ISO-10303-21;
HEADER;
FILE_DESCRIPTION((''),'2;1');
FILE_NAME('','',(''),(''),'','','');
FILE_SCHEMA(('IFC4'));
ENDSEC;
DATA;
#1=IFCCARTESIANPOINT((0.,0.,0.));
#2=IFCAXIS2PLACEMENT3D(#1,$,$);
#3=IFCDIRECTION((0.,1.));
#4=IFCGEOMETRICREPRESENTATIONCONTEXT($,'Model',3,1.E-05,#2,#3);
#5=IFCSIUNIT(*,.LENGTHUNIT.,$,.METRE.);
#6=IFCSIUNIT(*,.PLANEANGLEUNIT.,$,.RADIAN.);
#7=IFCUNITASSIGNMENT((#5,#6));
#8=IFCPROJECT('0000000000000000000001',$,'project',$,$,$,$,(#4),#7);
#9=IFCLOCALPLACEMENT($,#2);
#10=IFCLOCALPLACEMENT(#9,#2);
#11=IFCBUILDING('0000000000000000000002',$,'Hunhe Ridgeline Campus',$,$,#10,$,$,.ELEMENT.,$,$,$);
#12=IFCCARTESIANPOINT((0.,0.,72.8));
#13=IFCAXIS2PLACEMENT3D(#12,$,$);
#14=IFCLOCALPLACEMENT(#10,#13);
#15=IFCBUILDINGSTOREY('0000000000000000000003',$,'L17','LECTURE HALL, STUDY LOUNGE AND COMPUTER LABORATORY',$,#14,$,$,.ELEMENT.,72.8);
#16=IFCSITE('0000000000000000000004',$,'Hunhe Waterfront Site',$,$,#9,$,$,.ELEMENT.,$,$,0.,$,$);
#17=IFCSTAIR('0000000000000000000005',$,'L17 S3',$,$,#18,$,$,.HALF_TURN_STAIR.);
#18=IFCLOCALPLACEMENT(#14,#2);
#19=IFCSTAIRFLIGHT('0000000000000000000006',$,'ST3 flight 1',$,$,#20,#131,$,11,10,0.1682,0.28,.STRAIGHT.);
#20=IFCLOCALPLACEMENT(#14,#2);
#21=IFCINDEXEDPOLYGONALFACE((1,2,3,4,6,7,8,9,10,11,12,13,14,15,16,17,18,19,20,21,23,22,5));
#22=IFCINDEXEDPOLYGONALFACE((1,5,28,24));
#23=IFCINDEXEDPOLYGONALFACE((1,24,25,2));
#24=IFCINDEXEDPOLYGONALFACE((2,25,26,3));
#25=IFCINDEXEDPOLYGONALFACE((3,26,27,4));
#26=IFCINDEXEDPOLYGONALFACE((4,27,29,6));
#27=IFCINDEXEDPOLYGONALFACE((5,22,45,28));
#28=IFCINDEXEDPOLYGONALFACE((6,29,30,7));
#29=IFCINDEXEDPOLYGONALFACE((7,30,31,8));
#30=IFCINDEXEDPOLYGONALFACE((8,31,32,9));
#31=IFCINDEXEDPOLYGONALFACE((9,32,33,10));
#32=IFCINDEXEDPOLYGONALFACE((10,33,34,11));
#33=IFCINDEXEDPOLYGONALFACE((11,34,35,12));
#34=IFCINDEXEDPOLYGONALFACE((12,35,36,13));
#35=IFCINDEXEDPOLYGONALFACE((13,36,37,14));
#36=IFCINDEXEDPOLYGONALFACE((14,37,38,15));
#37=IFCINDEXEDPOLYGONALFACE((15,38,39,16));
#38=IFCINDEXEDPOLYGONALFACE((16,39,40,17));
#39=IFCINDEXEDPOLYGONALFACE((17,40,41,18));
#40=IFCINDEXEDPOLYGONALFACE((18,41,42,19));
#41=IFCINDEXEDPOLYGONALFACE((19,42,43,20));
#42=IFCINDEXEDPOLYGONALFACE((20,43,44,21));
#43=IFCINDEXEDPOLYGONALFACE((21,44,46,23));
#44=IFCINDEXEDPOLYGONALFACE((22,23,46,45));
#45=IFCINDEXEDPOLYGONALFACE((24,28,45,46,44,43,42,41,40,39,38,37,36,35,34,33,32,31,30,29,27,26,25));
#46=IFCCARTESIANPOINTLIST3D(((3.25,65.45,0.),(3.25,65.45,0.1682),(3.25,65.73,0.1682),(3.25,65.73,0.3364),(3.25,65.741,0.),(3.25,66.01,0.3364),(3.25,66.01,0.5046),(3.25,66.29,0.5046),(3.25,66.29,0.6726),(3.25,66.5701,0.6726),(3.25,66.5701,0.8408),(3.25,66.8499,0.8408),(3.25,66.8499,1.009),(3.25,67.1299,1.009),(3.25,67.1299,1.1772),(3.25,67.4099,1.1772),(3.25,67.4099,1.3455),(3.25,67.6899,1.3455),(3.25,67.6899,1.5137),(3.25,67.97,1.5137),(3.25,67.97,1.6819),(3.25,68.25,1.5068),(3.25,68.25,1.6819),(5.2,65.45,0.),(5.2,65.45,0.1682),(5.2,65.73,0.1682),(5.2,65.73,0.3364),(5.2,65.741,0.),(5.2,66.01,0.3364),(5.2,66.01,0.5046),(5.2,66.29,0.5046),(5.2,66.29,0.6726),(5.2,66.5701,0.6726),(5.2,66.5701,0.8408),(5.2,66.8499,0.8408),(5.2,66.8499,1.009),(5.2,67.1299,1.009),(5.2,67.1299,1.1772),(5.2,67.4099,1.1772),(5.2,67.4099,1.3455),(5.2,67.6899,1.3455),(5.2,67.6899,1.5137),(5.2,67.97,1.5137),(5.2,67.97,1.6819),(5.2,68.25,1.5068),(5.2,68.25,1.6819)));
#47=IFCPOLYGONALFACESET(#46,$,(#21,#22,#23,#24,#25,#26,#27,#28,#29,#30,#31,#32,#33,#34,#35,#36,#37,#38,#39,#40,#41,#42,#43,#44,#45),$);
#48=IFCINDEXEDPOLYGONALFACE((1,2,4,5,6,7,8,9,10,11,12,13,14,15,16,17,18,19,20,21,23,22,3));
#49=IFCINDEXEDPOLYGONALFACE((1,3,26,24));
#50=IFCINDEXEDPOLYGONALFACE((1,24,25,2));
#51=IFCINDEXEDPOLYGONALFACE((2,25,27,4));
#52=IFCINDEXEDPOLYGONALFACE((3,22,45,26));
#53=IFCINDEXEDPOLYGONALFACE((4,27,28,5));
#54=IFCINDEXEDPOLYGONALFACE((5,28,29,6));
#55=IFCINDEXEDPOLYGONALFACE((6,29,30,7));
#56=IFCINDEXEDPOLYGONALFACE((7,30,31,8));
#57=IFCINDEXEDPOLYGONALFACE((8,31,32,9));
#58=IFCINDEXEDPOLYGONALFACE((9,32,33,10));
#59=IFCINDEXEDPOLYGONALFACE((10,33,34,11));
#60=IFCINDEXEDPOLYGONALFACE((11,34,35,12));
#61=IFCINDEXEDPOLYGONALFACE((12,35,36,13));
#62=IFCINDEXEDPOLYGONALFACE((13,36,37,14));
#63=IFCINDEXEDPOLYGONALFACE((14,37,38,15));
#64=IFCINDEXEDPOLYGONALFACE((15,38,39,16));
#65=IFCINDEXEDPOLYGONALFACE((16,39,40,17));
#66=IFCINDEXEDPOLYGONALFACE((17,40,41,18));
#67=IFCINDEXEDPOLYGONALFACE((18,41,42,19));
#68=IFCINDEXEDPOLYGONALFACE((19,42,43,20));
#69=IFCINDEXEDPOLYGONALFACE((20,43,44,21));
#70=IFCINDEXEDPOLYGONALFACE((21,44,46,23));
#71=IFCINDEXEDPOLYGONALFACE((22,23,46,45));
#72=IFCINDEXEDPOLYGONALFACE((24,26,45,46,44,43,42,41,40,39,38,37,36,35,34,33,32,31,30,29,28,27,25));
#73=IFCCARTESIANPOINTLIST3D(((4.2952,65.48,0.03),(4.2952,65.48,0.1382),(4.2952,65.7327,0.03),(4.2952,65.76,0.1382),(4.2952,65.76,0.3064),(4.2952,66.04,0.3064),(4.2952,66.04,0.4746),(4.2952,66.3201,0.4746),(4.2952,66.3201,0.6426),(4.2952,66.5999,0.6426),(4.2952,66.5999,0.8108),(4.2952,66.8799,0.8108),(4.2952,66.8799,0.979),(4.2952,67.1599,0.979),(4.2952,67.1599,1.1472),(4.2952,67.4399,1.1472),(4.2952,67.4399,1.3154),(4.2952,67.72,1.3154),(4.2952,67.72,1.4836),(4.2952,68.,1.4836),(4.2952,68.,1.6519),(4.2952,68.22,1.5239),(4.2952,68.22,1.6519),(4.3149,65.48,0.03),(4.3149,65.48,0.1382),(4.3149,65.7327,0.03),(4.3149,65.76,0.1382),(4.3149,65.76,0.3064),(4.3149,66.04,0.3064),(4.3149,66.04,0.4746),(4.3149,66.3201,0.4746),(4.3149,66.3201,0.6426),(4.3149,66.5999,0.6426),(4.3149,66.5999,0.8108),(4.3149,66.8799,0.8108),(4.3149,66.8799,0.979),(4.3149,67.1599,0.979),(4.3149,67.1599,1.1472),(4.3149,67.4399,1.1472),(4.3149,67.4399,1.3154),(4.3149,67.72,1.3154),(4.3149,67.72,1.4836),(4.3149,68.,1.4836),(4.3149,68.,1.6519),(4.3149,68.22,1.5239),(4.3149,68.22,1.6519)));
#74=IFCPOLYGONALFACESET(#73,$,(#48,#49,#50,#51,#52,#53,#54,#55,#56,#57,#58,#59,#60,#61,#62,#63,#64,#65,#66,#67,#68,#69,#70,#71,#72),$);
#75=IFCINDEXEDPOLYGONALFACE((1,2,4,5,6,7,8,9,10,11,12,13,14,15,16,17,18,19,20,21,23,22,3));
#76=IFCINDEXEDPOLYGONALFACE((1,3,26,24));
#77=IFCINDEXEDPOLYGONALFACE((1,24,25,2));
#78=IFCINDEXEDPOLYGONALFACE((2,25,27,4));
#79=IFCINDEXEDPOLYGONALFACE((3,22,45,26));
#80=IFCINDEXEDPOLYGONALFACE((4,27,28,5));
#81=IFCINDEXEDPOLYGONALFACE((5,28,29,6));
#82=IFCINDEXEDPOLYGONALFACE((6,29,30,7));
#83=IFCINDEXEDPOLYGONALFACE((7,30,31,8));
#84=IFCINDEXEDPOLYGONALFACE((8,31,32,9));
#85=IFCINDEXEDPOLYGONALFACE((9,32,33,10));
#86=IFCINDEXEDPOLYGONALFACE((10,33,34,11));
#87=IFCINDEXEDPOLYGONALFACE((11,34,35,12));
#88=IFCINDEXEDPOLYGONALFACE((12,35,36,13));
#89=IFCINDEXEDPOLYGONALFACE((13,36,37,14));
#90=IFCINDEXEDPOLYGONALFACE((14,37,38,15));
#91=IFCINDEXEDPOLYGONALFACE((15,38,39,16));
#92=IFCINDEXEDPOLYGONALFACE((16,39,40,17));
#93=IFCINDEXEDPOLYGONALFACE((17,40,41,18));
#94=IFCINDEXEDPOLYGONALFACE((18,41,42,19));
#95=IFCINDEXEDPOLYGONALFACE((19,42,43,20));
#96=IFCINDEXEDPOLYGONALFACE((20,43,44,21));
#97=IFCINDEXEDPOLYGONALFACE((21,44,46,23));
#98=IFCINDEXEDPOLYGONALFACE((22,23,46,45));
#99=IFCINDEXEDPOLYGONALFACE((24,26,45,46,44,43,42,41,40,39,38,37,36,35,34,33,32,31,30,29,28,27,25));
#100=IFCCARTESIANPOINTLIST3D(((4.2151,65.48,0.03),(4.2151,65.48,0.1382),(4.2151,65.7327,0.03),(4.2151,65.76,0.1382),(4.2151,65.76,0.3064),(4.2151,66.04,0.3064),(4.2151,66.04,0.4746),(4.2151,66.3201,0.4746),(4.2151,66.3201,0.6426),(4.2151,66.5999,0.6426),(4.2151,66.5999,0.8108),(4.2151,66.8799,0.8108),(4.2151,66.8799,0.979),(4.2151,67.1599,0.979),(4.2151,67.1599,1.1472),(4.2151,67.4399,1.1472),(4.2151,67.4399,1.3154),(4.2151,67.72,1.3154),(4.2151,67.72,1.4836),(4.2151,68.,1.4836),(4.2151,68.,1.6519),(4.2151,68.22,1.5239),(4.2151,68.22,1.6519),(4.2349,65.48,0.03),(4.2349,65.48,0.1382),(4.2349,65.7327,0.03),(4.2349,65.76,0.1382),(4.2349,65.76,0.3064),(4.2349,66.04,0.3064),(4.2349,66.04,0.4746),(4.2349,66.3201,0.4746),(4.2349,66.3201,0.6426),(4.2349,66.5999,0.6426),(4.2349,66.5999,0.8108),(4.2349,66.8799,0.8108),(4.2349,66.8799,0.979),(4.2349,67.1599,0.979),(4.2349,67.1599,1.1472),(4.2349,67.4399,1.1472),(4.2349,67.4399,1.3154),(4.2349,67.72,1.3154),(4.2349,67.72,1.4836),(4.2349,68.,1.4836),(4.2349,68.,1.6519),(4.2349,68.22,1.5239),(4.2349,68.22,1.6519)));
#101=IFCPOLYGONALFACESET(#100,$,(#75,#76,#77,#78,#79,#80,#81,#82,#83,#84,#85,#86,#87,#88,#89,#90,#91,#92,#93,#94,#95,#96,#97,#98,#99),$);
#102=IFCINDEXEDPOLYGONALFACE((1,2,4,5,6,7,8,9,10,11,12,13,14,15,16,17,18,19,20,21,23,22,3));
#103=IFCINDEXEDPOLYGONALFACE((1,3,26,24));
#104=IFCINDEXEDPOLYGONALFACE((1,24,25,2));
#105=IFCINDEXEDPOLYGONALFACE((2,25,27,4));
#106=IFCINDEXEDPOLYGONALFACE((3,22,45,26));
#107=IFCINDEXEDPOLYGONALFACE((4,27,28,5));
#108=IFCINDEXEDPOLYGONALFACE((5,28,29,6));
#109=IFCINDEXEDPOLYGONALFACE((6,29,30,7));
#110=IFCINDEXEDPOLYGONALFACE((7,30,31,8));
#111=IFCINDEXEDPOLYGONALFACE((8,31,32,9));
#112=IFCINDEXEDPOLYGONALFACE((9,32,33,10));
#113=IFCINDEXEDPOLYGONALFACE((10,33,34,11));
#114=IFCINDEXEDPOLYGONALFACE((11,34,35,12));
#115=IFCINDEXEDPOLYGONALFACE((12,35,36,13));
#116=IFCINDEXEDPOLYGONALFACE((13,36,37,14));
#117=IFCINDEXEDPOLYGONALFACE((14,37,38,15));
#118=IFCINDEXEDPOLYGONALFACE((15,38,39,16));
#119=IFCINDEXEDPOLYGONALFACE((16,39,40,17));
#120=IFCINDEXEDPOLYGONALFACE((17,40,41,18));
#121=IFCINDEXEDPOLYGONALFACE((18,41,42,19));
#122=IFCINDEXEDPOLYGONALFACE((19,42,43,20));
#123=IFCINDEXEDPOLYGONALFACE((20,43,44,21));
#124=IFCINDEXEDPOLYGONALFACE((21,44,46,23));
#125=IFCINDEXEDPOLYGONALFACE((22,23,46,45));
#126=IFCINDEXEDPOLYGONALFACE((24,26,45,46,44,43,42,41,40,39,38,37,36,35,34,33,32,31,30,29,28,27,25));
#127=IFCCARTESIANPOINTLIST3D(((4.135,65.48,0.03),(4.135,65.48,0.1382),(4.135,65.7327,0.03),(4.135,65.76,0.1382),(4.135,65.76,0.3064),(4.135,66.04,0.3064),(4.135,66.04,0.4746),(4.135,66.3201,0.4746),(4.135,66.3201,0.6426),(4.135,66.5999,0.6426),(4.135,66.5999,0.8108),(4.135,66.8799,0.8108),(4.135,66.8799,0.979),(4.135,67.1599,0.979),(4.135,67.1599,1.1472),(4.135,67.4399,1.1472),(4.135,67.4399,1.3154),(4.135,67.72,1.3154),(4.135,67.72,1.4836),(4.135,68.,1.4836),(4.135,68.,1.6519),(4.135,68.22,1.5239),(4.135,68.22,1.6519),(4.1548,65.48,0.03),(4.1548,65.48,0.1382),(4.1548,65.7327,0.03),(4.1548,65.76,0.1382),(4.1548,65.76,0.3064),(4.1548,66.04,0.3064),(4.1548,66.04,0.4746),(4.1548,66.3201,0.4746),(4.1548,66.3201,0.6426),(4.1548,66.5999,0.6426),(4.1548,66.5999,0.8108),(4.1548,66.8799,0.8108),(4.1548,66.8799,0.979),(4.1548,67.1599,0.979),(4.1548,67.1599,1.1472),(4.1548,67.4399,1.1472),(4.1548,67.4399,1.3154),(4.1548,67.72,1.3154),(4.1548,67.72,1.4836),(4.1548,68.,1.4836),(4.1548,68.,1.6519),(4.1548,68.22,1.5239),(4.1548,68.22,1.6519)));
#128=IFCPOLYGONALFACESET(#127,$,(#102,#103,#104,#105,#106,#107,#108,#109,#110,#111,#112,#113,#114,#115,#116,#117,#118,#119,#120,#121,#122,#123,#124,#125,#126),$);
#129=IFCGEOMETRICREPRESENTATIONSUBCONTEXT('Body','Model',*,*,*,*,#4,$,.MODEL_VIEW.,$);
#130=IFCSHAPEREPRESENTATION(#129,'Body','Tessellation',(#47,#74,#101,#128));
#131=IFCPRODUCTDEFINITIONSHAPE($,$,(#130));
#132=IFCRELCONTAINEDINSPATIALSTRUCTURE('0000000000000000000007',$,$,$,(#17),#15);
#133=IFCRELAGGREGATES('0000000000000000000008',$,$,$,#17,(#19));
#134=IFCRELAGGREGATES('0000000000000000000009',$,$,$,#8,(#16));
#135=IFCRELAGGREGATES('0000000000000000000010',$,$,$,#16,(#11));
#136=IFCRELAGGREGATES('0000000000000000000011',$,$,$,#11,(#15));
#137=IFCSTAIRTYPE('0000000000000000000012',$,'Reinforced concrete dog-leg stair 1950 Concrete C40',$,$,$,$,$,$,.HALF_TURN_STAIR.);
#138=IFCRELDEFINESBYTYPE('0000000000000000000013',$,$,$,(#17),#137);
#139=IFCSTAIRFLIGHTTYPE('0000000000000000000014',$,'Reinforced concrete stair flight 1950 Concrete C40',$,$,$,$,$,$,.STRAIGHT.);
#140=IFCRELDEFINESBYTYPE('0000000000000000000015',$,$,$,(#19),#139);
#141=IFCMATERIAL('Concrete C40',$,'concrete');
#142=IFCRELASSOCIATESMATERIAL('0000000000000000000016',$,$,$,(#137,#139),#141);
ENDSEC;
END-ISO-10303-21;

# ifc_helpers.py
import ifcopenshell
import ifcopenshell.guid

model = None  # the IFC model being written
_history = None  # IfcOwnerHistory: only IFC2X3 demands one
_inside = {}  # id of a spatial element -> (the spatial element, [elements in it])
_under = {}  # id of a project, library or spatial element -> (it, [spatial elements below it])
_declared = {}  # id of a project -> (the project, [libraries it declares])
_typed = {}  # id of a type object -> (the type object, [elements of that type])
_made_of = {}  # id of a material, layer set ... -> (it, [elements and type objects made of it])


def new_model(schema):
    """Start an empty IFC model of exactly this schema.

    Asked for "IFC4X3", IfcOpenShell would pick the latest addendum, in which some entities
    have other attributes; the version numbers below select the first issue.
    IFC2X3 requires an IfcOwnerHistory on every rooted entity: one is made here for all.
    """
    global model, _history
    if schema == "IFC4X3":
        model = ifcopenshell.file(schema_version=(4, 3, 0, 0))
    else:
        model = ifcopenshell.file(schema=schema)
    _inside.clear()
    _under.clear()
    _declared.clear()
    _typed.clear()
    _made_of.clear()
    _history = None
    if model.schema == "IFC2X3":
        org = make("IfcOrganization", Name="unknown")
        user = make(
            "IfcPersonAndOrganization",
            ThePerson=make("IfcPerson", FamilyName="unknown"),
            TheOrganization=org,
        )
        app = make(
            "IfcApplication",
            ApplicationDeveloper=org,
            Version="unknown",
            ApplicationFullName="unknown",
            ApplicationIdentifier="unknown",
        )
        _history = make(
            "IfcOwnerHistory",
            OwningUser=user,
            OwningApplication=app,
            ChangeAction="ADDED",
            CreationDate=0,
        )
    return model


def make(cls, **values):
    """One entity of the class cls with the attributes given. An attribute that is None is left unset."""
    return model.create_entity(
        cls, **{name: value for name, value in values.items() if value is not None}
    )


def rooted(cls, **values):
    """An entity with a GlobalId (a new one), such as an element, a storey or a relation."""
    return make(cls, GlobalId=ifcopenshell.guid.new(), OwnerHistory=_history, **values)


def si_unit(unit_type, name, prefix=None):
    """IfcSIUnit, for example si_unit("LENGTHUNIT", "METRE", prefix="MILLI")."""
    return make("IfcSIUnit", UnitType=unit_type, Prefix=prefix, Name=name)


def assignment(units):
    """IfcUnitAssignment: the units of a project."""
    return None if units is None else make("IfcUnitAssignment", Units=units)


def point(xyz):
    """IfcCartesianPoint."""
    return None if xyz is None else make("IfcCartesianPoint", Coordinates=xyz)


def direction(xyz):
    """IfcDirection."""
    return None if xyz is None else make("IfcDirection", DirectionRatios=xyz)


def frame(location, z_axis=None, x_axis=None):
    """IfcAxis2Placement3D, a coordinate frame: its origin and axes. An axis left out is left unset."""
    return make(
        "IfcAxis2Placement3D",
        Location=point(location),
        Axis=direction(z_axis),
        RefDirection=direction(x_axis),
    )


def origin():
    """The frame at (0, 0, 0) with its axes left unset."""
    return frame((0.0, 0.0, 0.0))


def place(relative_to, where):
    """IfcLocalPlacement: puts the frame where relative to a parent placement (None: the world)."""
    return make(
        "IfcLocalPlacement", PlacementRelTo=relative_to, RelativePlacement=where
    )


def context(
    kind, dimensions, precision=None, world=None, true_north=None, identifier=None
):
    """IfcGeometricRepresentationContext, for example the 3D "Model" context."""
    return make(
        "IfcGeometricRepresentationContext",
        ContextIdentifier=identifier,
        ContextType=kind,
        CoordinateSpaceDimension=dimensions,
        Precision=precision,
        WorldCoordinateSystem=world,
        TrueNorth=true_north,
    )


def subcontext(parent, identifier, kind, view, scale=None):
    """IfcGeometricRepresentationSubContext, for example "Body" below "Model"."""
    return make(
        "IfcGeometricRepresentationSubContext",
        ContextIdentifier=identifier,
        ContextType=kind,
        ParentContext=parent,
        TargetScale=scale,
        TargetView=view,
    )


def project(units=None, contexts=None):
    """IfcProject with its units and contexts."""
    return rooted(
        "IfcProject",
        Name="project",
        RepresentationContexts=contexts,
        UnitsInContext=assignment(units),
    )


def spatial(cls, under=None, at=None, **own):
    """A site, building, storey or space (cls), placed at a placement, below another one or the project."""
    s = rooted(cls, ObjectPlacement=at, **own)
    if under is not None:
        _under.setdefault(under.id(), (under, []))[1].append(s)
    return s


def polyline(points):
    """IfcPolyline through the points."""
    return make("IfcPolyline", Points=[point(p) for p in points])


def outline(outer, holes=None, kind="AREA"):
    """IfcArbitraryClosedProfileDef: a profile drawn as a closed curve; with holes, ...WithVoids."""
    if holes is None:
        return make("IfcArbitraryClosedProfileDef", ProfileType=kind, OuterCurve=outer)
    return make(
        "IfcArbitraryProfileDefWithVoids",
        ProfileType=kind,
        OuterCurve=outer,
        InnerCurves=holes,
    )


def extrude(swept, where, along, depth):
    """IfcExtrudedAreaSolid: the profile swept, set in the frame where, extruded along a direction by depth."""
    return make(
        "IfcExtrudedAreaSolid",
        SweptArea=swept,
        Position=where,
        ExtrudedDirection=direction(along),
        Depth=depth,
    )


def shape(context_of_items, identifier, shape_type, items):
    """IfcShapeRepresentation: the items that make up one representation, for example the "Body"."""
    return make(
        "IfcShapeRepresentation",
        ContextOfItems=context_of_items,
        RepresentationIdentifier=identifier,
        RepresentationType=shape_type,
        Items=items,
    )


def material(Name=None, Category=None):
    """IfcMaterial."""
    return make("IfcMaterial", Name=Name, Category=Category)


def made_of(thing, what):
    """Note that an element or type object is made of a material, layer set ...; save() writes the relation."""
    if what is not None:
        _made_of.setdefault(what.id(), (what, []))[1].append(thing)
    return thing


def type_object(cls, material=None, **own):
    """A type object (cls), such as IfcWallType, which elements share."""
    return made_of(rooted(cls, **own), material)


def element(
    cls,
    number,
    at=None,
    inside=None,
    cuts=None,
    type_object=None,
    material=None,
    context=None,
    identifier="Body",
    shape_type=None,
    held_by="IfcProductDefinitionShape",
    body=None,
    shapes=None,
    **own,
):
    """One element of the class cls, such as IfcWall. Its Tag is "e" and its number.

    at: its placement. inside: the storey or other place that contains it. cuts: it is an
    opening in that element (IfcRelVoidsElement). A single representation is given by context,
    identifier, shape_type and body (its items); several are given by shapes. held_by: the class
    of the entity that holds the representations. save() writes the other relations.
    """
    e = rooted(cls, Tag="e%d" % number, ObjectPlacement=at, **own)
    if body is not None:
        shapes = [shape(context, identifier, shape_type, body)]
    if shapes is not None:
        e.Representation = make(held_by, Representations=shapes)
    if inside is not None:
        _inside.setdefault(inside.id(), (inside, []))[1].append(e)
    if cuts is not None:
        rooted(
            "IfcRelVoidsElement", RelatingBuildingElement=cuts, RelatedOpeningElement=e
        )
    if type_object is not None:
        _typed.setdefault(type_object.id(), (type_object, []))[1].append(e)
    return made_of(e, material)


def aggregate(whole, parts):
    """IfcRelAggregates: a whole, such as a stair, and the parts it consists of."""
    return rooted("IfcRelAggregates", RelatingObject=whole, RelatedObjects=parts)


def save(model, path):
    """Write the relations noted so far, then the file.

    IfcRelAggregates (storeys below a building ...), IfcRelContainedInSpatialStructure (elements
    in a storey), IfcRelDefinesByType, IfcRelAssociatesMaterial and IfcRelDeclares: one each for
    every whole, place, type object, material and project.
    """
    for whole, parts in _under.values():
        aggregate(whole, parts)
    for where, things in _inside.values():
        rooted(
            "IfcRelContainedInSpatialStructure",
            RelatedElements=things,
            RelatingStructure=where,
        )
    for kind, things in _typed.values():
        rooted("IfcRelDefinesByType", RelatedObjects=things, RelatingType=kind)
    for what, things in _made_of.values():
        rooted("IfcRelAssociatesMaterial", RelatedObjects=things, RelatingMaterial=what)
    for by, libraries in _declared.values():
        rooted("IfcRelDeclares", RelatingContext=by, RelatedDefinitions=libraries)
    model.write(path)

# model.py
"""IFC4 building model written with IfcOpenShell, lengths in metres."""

from ifc_helpers import new_model, si_unit, direction, frame, origin, place, context, subcontext, project, spatial, polyline, outline, extrude, material, type_object, element, aggregate, save


model = new_model("IFC4")

# Units and contexts
model_context = context("Model", 3, precision=1e-05, world=origin(), true_north=direction((0.0, 1.0)))
body_context = subcontext(model_context, "Body", "Model", "MODEL_VIEW")
ifc_project = project(units=[si_unit("LENGTHUNIT", "METRE"), si_unit("PLANEANGLEUNIT", "RADIAN")], contexts=[model_context])

# Site, building, storey
site_placement = place(None, origin())
site = spatial("IfcSite", under=ifc_project, at=site_placement, Name="Hunhe Waterfront Site", CompositionType="ELEMENT", RefElevation=0.0)
building_placement = place(site_placement, origin())
building = spatial("IfcBuilding", under=site, at=building_placement, Name="Hunhe Ridgeline Campus", CompositionType="ELEMENT")
storey_placement = place(building_placement, frame((0.0, 0.0, 72.8)))
storey = spatial("IfcBuildingStorey", under=building, at=storey_placement, Name="L17", Description="LECTURE HALL, STUDY LOUNGE AND COMPUTER LABORATORY", CompositionType="ELEMENT", Elevation=72.8)

# Stair, stair flight
ifc_material_1 = material(Name="Concrete C40", Category="concrete")
stair_type = type_object("IfcStairType", Name="Reinforced concrete dog-leg stair 1950 Concrete C40", PredefinedType="HALF_TURN_STAIR", material=ifc_material_1)
stair_1_placement = place(storey_placement, origin())
stair_1 = element("IfcStair", 1, at=stair_1_placement, inside=storey, type_object=stair_type, Name="L17 S3", PredefinedType="HALF_TURN_STAIR")
stair_flight_type = type_object("IfcStairFlightType", Name="Reinforced concrete stair flight 1950 Concrete C40", PredefinedType="STRAIGHT", material=ifc_material_1)
stair_flight_1_placement = place(storey_placement, frame((4.2251, 65.45, 0.0), z_axis=(0.0, 0.0, 1.0), x_axis=(0.0, 1.0, 0.0)))
stair_flight_1 = element("IfcStairFlight", 2, at=stair_flight_1_placement, type_object=stair_flight_type, Name="ST3 flight 1", NumberOfRisers=11, NumberOfTreads=10, PredefinedType="STRAIGHT", RiserHeight=0.1682, TreadLength=0.28, context=body_context, shape_type="SweptSolid", body=[
    extrude(outline(polyline([(0.0, 0.0), (0.0, 0.1682), (0.28, 0.1682), (0.28, 0.3364), (0.5601, 0.3364), (0.5601, 0.5046), (0.8401, 0.5046), (0.8401, 0.6726), (1.1201, 0.6726), (1.1201, 0.8408), (1.3999, 0.8408), (1.3999, 1.009), (1.6799, 1.009), (1.6799, 1.1772), (1.96, 1.1772), (1.96, 1.3455), (2.24, 1.3455), (2.24, 1.5137), (2.52, 1.5137), (2.52, 1.6819), (2.8, 1.6819), (2.8, 1.8501), (2.8, 1.5068), (0.291, 0.0), (0.0, 0.0)])), frame((0.0, 0.9751, 0.0), z_axis=(0.0, -1.0, 0.0), x_axis=(1.0, 0.0, 0.0)), (0.0, 0.0, 1.0), 1.95),
    extrude(outline(polyline([(0.03, 0.03), (0.03, 0.1382), (0.3101, 0.1382), (0.3101, 0.3064), (0.5901, 0.3064), (0.5901, 0.4746), (0.8701, 0.4746), (0.8701, 0.6426), (1.1499, 0.6426), (1.1499, 0.8108), (1.4299, 0.8108), (1.4299, 0.979), (1.71, 0.979), (1.71, 1.1472), (1.99, 1.1472), (1.99, 1.3154), (2.27, 1.3154), (2.27, 1.4836), (2.55, 1.4836), (2.55, 1.6519), (2.77, 1.6519), (2.77, 1.5239), (0.2827, 0.03), (0.03, 0.03)])), frame((0.0, -0.0701, 0.0), z_axis=(0.0, -1.0, 0.0), x_axis=(1.0, 0.0, 0.0)), (0.0, 0.0, 1.0), 0.0198),
    extrude(outline(polyline([(0.03, 0.03), (0.03, 0.1382), (0.3101, 0.1382), (0.3101, 0.3064), (0.5901, 0.3064), (0.5901, 0.4746), (0.8701, 0.4746), (0.8701, 0.6426), (1.1499, 0.6426), (1.1499, 0.8108), (1.4299, 0.8108), (1.4299, 0.979), (1.71, 0.979), (1.71, 1.1472), (1.99, 1.1472), (1.99, 1.3154), (2.27, 1.3154), (2.27, 1.4836), (2.55, 1.4836), (2.55, 1.6519), (2.77, 1.6519), (2.77, 1.5239), (0.2827, 0.03), (0.03, 0.03)])), frame((0.0, 0.01, 0.0), z_axis=(0.0, -1.0, 0.0), x_axis=(1.0, 0.0, 0.0)), (0.0, 0.0, 1.0), 0.0198),
    extrude(outline(polyline([(0.03, 0.03), (0.03, 0.1382), (0.3101, 0.1382), (0.3101, 0.3064), (0.5901, 0.3064), (0.5901, 0.4746), (0.8701, 0.4746), (0.8701, 0.6426), (1.1499, 0.6426), (1.1499, 0.8108), (1.4299, 0.8108), (1.4299, 0.979), (1.71, 0.979), (1.71, 1.1472), (1.99, 1.1472), (1.99, 1.3154), (2.27, 1.3154), (2.27, 1.4836), (2.55, 1.4836), (2.55, 1.6519), (2.77, 1.6519), (2.77, 1.5239), (0.2827, 0.03), (0.03, 0.03)])), frame((0.0, 0.0901, 0.0), z_axis=(0.0, -1.0, 0.0), x_axis=(1.0, 0.0, 0.0)), (0.0, 0.0, 1.0), 0.0198),
])
aggregate(stair_1, [stair_flight_1])

save(model, "model.ifc")
